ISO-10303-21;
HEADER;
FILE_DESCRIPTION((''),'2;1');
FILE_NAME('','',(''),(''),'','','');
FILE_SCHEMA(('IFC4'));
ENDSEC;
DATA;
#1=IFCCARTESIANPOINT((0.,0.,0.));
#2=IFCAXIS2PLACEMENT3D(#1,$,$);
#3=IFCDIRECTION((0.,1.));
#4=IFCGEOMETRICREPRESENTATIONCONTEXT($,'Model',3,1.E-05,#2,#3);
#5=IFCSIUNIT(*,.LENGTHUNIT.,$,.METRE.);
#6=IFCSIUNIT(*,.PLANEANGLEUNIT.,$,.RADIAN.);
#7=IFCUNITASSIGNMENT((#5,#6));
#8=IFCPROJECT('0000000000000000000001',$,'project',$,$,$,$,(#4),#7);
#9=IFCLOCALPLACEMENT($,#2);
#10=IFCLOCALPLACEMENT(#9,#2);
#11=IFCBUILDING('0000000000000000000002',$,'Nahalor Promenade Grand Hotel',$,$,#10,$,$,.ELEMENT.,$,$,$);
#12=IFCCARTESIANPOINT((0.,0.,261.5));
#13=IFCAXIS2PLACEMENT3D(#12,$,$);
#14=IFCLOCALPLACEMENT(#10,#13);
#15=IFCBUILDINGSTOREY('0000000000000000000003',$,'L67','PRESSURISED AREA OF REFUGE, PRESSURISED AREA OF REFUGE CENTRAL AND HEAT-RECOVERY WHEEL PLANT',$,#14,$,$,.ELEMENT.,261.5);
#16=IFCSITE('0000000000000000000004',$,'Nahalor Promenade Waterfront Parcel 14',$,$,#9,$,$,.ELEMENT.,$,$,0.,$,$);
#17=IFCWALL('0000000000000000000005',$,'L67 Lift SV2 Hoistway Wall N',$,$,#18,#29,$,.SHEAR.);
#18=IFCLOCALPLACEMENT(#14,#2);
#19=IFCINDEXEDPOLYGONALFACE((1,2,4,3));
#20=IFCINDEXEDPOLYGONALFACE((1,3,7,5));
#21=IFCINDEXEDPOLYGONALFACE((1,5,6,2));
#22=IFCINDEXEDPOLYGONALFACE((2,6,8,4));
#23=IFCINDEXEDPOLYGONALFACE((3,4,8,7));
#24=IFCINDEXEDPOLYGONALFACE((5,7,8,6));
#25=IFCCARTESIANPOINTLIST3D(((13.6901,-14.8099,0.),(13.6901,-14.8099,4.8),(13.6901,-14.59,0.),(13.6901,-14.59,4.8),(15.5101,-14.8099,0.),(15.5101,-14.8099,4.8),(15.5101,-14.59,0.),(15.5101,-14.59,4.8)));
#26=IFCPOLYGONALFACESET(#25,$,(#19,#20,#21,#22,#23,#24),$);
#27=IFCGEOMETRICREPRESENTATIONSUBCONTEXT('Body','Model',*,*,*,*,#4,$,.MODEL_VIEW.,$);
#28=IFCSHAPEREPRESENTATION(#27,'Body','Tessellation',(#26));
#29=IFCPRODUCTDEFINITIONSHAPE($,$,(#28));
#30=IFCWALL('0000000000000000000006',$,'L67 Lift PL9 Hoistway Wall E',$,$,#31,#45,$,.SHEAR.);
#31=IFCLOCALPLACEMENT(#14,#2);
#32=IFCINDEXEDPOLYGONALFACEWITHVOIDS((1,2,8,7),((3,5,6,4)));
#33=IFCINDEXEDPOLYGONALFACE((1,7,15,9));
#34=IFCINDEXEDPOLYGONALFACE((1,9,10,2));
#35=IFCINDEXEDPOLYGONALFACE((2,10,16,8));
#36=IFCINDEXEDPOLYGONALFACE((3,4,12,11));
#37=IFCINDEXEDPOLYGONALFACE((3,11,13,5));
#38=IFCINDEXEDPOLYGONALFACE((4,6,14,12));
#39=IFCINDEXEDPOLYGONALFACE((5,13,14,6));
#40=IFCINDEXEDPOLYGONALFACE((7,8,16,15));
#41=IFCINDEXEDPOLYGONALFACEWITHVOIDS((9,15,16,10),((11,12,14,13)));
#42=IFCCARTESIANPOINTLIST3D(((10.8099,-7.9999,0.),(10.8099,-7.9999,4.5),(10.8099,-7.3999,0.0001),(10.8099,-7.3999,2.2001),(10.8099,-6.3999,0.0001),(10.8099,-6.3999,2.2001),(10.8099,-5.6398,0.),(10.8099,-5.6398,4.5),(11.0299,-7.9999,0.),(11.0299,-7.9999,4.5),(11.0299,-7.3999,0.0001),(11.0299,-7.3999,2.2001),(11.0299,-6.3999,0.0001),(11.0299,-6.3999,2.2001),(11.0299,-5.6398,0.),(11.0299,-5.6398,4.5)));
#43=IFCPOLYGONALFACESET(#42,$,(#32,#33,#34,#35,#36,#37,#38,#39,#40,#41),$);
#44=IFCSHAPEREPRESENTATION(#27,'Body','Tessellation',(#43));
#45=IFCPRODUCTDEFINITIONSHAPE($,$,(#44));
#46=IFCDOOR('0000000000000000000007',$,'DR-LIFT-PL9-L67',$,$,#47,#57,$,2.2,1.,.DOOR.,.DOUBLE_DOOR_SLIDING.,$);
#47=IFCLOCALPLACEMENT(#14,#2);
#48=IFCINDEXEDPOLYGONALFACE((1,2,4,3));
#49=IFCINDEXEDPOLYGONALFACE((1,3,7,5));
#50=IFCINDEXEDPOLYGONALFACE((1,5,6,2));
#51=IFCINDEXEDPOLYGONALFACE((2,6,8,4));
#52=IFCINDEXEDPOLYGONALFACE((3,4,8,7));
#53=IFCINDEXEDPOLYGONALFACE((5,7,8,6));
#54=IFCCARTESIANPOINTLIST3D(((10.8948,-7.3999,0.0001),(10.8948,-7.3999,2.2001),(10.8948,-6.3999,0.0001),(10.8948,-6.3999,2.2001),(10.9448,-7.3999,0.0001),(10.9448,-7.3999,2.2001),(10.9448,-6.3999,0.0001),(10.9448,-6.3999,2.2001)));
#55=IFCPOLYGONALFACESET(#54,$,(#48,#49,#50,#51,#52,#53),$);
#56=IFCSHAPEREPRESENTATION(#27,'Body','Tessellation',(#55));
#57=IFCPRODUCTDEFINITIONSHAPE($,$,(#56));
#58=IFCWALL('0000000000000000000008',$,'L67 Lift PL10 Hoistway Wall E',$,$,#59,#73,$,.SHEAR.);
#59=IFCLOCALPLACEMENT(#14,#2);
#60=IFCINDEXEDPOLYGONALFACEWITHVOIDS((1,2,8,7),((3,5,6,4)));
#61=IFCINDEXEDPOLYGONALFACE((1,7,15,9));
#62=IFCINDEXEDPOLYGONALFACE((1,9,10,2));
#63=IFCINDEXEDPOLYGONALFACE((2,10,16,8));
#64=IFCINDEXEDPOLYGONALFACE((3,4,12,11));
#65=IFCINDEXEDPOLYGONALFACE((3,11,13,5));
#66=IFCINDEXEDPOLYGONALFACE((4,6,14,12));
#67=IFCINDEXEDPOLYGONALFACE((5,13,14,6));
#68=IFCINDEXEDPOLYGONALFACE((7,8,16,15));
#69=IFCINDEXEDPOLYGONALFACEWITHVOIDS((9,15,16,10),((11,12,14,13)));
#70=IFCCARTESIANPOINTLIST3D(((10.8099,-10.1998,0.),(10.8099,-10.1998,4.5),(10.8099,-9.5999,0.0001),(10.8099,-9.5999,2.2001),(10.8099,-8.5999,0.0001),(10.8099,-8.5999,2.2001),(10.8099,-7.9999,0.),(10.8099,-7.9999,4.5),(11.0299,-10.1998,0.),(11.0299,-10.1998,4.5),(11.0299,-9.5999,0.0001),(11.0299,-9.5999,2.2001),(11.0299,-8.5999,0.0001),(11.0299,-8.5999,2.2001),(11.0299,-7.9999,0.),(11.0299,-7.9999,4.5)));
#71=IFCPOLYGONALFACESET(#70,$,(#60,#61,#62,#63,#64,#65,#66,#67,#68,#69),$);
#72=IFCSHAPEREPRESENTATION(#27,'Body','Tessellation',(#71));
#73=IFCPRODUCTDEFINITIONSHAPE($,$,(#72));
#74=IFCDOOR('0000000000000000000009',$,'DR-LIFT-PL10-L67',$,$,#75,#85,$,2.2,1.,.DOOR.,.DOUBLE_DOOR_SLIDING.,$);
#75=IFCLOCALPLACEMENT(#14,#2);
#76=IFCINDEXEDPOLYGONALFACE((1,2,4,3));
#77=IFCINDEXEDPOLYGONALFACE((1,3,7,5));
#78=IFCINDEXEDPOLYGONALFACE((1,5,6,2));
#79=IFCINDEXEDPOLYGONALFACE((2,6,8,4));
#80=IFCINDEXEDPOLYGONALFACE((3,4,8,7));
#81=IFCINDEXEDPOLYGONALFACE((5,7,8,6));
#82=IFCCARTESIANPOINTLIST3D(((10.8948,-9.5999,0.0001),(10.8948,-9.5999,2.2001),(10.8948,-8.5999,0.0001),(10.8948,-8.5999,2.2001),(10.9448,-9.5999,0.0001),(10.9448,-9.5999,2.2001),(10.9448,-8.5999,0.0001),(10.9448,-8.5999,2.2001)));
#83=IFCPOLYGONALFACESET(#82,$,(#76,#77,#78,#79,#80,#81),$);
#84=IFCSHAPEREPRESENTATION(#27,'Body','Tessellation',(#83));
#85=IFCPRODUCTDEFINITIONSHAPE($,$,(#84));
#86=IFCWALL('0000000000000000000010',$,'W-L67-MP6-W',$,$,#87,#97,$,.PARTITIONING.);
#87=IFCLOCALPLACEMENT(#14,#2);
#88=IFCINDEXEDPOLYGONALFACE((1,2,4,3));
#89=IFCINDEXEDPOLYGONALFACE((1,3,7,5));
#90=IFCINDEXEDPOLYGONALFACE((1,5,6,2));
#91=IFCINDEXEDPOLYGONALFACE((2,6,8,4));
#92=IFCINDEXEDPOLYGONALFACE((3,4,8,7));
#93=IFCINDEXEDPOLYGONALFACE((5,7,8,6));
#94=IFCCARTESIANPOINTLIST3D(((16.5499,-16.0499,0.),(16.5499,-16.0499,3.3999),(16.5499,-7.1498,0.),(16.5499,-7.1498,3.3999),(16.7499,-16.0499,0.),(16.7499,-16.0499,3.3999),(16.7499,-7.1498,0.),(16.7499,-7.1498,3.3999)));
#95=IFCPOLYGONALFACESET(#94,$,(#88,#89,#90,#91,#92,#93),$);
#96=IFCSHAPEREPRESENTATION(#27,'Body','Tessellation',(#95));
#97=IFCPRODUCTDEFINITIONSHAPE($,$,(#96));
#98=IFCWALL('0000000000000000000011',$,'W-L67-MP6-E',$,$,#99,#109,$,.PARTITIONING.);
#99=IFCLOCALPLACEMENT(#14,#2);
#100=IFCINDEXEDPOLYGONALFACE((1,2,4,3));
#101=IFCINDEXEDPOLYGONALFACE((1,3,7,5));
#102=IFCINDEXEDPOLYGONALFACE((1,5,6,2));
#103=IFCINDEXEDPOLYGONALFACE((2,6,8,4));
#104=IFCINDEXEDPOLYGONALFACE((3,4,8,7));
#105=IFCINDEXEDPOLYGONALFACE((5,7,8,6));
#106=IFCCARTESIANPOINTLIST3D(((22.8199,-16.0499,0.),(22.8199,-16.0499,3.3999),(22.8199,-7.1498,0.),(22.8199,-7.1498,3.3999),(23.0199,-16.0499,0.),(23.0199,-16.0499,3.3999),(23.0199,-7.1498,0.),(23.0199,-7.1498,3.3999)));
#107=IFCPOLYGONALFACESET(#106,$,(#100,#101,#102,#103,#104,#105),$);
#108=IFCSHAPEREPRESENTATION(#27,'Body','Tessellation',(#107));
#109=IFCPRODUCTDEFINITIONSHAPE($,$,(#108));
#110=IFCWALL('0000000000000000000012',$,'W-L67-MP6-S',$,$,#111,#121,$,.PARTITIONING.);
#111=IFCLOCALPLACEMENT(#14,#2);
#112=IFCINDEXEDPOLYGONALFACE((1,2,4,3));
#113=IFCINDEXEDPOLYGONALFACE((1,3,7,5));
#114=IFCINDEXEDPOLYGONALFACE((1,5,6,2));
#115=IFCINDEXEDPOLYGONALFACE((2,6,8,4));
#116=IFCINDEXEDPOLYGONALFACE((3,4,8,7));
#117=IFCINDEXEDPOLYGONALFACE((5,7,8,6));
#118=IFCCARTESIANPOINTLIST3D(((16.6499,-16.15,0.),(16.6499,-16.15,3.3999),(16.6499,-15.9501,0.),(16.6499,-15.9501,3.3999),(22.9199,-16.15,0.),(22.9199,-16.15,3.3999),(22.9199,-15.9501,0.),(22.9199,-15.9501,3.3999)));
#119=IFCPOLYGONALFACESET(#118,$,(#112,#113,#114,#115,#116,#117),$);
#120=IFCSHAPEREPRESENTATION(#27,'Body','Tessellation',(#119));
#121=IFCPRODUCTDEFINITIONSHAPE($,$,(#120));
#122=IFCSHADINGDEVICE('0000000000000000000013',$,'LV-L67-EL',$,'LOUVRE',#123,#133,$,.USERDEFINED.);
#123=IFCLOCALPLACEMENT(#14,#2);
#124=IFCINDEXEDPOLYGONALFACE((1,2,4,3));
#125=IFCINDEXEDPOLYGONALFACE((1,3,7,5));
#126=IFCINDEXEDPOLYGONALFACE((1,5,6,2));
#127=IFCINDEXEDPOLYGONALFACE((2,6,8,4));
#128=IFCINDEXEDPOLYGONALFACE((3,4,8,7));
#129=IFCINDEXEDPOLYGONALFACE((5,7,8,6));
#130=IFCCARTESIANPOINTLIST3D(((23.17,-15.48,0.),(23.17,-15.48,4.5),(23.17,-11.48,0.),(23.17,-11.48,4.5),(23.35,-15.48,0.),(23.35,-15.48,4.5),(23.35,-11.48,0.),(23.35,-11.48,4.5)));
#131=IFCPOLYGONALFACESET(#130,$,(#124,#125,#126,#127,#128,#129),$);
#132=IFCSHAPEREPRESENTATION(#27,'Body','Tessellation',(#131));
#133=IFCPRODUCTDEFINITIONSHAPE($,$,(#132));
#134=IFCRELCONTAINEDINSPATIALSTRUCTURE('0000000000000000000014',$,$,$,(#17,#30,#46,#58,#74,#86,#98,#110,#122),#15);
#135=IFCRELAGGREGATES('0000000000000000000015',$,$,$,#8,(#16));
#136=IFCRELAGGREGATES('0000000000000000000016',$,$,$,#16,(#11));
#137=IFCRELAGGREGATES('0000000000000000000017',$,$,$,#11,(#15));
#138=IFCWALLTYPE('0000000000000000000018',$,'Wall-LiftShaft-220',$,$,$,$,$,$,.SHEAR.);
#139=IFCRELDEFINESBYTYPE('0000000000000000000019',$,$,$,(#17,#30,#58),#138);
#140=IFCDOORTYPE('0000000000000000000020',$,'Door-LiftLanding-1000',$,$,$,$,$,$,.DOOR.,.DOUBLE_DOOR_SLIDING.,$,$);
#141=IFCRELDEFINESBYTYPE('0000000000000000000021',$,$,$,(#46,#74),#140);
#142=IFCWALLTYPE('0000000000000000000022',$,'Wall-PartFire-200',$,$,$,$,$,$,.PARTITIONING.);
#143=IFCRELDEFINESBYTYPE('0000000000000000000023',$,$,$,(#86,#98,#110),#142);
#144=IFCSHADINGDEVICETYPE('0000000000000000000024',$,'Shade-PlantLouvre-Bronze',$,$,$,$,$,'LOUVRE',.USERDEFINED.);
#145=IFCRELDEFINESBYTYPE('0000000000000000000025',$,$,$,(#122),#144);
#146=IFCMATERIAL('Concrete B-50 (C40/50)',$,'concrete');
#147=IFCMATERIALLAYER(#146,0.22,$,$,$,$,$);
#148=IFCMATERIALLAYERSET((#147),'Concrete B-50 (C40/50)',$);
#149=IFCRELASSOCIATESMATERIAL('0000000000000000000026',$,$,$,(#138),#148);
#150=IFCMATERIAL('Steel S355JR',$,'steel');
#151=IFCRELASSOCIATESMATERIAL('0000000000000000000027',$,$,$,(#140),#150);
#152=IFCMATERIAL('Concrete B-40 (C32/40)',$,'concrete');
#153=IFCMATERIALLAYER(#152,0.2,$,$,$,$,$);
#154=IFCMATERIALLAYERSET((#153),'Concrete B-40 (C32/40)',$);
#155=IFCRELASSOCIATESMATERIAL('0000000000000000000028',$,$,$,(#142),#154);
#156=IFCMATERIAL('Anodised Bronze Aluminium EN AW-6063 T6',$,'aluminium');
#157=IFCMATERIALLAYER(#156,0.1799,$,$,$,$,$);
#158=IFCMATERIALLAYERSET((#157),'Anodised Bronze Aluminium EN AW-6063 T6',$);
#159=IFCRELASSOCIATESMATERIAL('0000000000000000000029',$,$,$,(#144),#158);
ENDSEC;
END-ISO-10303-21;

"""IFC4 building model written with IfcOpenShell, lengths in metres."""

from ifc_helpers import new_model, si_unit, direction, frame, frame_2d, origin, origin_2d, place, context, subcontext, project, spatial, rectangle, extrude, source, transform, mapped, material, layer, layer_set, type_object, element, fill, save


model = new_model("IFC4")

# Units and contexts
model_context = context("Model", 3, precision=1e-05, world=origin(), true_north=direction((0.0, 1.0)))
body_context = subcontext(model_context, "Body", "Model", "MODEL_VIEW")
ifc_project = project(units=[si_unit("LENGTHUNIT", "METRE"), si_unit("PLANEANGLEUNIT", "RADIAN")], contexts=[model_context])

# Site, building, storey
site_placement = place(None, origin())
site = spatial("IfcSite", under=ifc_project, at=site_placement, Name="Nahalor Promenade Waterfront Parcel 14", CompositionType="ELEMENT", RefElevation=0.0)
building_placement = place(site_placement, origin())
building = spatial("IfcBuilding", under=site, at=building_placement, Name="Nahalor Promenade Grand Hotel", CompositionType="ELEMENT")
storey_placement = place(building_placement, frame((0.0, 0.0, 261.5)))
storey = spatial("IfcBuildingStorey", under=building, at=storey_placement, Name="L67", Description="PRESSURISED AREA OF REFUGE, PRESSURISED AREA OF REFUGE CENTRAL AND HEAT-RECOVERY WHEEL PLANT", CompositionType="ELEMENT", Elevation=261.5)

# Shared definitions
ifc_material_1 = material(Name="Steel S355JR", Category="steel")

# Shared definitions
ifc_material_2 = material(Name="Anodised Bronze Aluminium EN AW-6063 T6", Category="aluminium")

# Wall
ifc_material_3 = material(Name="Concrete B-50 (C40/50)", Category="concrete")
ifc_layer_1 = layer(ifc_material_3, 0.22)
ifc_layer_set_1 = layer_set([ifc_layer_1], Name="Concrete B-50 (C40/50)")
wall_type_1 = type_object("IfcWallType", Name="Wall-LiftShaft-220", PredefinedType="SHEAR", material=ifc_layer_set_1)
shared_shape_1 = source(origin(), body_context, "Body", "SweptSolid", [
    extrude(rectangle(XDim=1.8201, YDim=0.22, at=frame_2d((0.9102, 0.0))), origin(), (0.0, 0.0, 1.0), 4.8),
])
wall_1_placement = place(storey_placement, frame((13.6899, -14.7, 0.0), z_axis=(0.0, 0.0, 1.0), x_axis=(1.0, 0.0, 0.0)))
element("IfcWall", 1, at=wall_1_placement, inside=storey, type_object=wall_type_1, Name="L67 Lift SV2 Hoistway Wall N", PredefinedType="SHEAR", context=body_context, shape_type="MappedRepresentation", body=[
    mapped(shared_shape_1, transform((0.0, 0.0, 0.0), scale=1.0)),
])

# Walls, openings, doors
shared_shape_2 = source(origin(), body_context, "Body", "SweptSolid", [
    extrude(rectangle(XDim=2.3601, YDim=0.22, at=frame_2d((1.1802, 0.0))), origin(), (0.0, 0.0, 1.0), 4.5),
])
wall_2_placement = place(storey_placement, frame((10.9199, -8.0, 0.0), z_axis=(0.0, 0.0, 1.0), x_axis=(0.0, 1.0, 0.0)))
wall_2 = element("IfcWall", 2, at=wall_2_placement, inside=storey, type_object=wall_type_1, Name="L67 Lift PL9 Hoistway Wall E", PredefinedType="SHEAR", context=body_context, shape_type="MappedRepresentation", body=[
    mapped(shared_shape_2, transform((0.0, 0.0, 0.0), scale=1.0)),
])
opening_1_placement = place(wall_2_placement, frame((0.6001, 0.0, 0.0)))
opening_1 = element("IfcOpeningElement", 3, at=opening_1_placement, cuts=wall_2, PredefinedType="OPENING", context=body_context, shape_type="SweptSolid", body=[
    extrude(rectangle(XDim=1.0, YDim=2.2, at=frame_2d((0.5, 1.1001))), frame((0.0, 0.1199, 0.0), z_axis=(0.0, -1.0, 0.0), x_axis=(1.0, 0.0, 0.0)), (0.0, 0.0, 1.0), 0.24),
])
door_type_1 = type_object("IfcDoorType", Name="Door-LiftLanding-1000", OperationType="DOUBLE_DOOR_SLIDING", PredefinedType="DOOR", material=ifc_material_1)
shared_shape_3 = source(origin(), body_context, "Body", "SweptSolid", [
    extrude(rectangle(XDim=1.0, YDim=2.2, at=frame_2d((0.5, 1.1001))), frame((0.0, 0.0249, 0.0), z_axis=(0.0, -1.0, 0.0), x_axis=(1.0, 0.0, 0.0)), (0.0, 0.0, 1.0), 0.05),
])
door_1_placement = place(opening_1_placement, frame((1.0, 0.0, 0.0), z_axis=(0.0, 0.0, 1.0), x_axis=(-1.0, 0.0, 0.0)))
door_1 = element("IfcDoor", 4, at=door_1_placement, inside=storey, type_object=door_type_1, Name="DR-LIFT-PL9-L67", OperationType="DOUBLE_DOOR_SLIDING", OverallHeight=2.2, OverallWidth=1.0, PredefinedType="DOOR", context=body_context, shape_type="MappedRepresentation", body=[
    mapped(shared_shape_3, transform((0.0, 0.0, 0.0), scale=1.0)),
])
fill(opening_1, door_1)
shared_shape_4 = source(origin(), body_context, "Body", "SweptSolid", [
    extrude(rectangle(XDim=2.2, YDim=0.22, at=frame_2d((1.1001, 0.0))), origin(), (0.0, 0.0, 1.0), 4.5),
])
wall_3_placement = place(storey_placement, frame((10.9199, -10.2, 0.0), z_axis=(0.0, 0.0, 1.0), x_axis=(0.0, 1.0, 0.0)))
wall_3 = element("IfcWall", 5, at=wall_3_placement, inside=storey, type_object=wall_type_1, Name="L67 Lift PL10 Hoistway Wall E", PredefinedType="SHEAR", context=body_context, shape_type="MappedRepresentation", body=[
    mapped(shared_shape_4, transform((0.0, 0.0, 0.0), scale=1.0)),
])
opening_2_placement = place(wall_3_placement, frame((0.6001, 0.0, 0.0)))
opening_2 = element("IfcOpeningElement", 6, at=opening_2_placement, cuts=wall_3, PredefinedType="OPENING", context=body_context, shape_type="SweptSolid", body=[
    extrude(rectangle(XDim=1.0, YDim=2.2, at=frame_2d((0.5, 1.1001))), frame((0.0, 0.1199, 0.0), z_axis=(0.0, -1.0, 0.0), x_axis=(1.0, 0.0, 0.0)), (0.0, 0.0, 1.0), 0.24),
])
door_2_placement = place(opening_2_placement, frame((1.0, 0.0, 0.0), z_axis=(0.0, 0.0, 1.0), x_axis=(-1.0, 0.0, 0.0)))
door_2 = element("IfcDoor", 7, at=door_2_placement, inside=storey, type_object=door_type_1, Name="DR-LIFT-PL10-L67", OperationType="DOUBLE_DOOR_SLIDING", OverallHeight=2.2, OverallWidth=1.0, PredefinedType="DOOR", context=body_context, shape_type="MappedRepresentation", body=[
    mapped(shared_shape_3, transform((0.0, 0.0, 0.0), scale=1.0)),
])
fill(opening_2, door_2)
ifc_material_4 = material(Name="Concrete B-40 (C32/40)", Category="concrete")
ifc_layer_2 = layer(ifc_material_4, 0.2)
ifc_layer_set_2 = layer_set([ifc_layer_2], Name="Concrete B-40 (C32/40)")
wall_type_2 = type_object("IfcWallType", Name="Wall-PartFire-200", PredefinedType="PARTITIONING", material=ifc_layer_set_2)

# Walls
shared_shape_5 = source(origin(), body_context, "Body", "SweptSolid", [
    extrude(rectangle(XDim=8.9001, YDim=0.2, at=frame_2d((4.4502, 0.0))), origin(), (0.0, 0.0, 1.0), 3.3999),
])
for number, where, z_axis, x_axis, name in (
    (8, (16.6499, -16.05, 0.0), (0.0, 0.0, 1.0), (0.0, 1.0, 0.0), "W-L67-MP6-W"),
    (9, (22.9199, -16.05, 0.0), (0.0, 0.0, 1.0), (0.0, 1.0, 0.0), "W-L67-MP6-E"),
):
    element("IfcWall", number, at=place(storey_placement, frame(where, z_axis=z_axis, x_axis=x_axis)), inside=storey, type_object=wall_type_2, Name=name, PredefinedType="PARTITIONING", context=body_context, shape_type="MappedRepresentation", body=[
        mapped(shared_shape_5, transform((0.0, 0.0, 0.0), scale=1.0)),
    ])
shared_shape_6 = source(origin(), body_context, "Body", "SweptSolid", [
    extrude(rectangle(XDim=6.27, YDim=0.2, at=frame_2d((3.135, 0.0))), origin(), (0.0, 0.0, 1.0), 3.3999),
])
wall_4_placement = place(storey_placement, frame((16.6499, -16.05, 0.0), z_axis=(0.0, 0.0, 1.0), x_axis=(1.0, 0.0, 0.0)))
element("IfcWall", 10, at=wall_4_placement, inside=storey, type_object=wall_type_2, Name="W-L67-MP6-S", PredefinedType="PARTITIONING", context=body_context, shape_type="MappedRepresentation", body=[
    mapped(shared_shape_6, transform((0.0, 0.0, 0.0), scale=1.0)),
])

# Shading device
ifc_layer_3 = layer(ifc_material_2, 0.1799)
ifc_layer_set_3 = layer_set([ifc_layer_3], Name="Anodised Bronze Aluminium EN AW-6063 T6")
shading_device_type = type_object("IfcShadingDeviceType", Name="Shade-PlantLouvre-Bronze", ElementType="LOUVRE", PredefinedType="USERDEFINED", material=ifc_layer_set_3)
shared_shape_7 = source(origin(), body_context, "Body", "SweptSolid", [
    extrude(rectangle(XDim=4.0, YDim=0.1799, at=origin_2d()), origin(), (0.0, 0.0, 1.0), 4.5),
])
shading_device_placement = place(storey_placement, frame((23.26, -13.48, 0.0), z_axis=(0.0, 0.0, 1.0), x_axis=(0.0, 1.0, 0.0)))
element("IfcShadingDevice", 11, at=shading_device_placement, inside=storey, type_object=shading_device_type, Name="LV-L67-EL", ObjectType="LOUVRE", PredefinedType="USERDEFINED", context=body_context, shape_type="MappedRepresentation", body=[
    mapped(shared_shape_7, transform((0.0, 0.0, 0.0), scale=1.0)),
])

save(model, "model.ifc")
